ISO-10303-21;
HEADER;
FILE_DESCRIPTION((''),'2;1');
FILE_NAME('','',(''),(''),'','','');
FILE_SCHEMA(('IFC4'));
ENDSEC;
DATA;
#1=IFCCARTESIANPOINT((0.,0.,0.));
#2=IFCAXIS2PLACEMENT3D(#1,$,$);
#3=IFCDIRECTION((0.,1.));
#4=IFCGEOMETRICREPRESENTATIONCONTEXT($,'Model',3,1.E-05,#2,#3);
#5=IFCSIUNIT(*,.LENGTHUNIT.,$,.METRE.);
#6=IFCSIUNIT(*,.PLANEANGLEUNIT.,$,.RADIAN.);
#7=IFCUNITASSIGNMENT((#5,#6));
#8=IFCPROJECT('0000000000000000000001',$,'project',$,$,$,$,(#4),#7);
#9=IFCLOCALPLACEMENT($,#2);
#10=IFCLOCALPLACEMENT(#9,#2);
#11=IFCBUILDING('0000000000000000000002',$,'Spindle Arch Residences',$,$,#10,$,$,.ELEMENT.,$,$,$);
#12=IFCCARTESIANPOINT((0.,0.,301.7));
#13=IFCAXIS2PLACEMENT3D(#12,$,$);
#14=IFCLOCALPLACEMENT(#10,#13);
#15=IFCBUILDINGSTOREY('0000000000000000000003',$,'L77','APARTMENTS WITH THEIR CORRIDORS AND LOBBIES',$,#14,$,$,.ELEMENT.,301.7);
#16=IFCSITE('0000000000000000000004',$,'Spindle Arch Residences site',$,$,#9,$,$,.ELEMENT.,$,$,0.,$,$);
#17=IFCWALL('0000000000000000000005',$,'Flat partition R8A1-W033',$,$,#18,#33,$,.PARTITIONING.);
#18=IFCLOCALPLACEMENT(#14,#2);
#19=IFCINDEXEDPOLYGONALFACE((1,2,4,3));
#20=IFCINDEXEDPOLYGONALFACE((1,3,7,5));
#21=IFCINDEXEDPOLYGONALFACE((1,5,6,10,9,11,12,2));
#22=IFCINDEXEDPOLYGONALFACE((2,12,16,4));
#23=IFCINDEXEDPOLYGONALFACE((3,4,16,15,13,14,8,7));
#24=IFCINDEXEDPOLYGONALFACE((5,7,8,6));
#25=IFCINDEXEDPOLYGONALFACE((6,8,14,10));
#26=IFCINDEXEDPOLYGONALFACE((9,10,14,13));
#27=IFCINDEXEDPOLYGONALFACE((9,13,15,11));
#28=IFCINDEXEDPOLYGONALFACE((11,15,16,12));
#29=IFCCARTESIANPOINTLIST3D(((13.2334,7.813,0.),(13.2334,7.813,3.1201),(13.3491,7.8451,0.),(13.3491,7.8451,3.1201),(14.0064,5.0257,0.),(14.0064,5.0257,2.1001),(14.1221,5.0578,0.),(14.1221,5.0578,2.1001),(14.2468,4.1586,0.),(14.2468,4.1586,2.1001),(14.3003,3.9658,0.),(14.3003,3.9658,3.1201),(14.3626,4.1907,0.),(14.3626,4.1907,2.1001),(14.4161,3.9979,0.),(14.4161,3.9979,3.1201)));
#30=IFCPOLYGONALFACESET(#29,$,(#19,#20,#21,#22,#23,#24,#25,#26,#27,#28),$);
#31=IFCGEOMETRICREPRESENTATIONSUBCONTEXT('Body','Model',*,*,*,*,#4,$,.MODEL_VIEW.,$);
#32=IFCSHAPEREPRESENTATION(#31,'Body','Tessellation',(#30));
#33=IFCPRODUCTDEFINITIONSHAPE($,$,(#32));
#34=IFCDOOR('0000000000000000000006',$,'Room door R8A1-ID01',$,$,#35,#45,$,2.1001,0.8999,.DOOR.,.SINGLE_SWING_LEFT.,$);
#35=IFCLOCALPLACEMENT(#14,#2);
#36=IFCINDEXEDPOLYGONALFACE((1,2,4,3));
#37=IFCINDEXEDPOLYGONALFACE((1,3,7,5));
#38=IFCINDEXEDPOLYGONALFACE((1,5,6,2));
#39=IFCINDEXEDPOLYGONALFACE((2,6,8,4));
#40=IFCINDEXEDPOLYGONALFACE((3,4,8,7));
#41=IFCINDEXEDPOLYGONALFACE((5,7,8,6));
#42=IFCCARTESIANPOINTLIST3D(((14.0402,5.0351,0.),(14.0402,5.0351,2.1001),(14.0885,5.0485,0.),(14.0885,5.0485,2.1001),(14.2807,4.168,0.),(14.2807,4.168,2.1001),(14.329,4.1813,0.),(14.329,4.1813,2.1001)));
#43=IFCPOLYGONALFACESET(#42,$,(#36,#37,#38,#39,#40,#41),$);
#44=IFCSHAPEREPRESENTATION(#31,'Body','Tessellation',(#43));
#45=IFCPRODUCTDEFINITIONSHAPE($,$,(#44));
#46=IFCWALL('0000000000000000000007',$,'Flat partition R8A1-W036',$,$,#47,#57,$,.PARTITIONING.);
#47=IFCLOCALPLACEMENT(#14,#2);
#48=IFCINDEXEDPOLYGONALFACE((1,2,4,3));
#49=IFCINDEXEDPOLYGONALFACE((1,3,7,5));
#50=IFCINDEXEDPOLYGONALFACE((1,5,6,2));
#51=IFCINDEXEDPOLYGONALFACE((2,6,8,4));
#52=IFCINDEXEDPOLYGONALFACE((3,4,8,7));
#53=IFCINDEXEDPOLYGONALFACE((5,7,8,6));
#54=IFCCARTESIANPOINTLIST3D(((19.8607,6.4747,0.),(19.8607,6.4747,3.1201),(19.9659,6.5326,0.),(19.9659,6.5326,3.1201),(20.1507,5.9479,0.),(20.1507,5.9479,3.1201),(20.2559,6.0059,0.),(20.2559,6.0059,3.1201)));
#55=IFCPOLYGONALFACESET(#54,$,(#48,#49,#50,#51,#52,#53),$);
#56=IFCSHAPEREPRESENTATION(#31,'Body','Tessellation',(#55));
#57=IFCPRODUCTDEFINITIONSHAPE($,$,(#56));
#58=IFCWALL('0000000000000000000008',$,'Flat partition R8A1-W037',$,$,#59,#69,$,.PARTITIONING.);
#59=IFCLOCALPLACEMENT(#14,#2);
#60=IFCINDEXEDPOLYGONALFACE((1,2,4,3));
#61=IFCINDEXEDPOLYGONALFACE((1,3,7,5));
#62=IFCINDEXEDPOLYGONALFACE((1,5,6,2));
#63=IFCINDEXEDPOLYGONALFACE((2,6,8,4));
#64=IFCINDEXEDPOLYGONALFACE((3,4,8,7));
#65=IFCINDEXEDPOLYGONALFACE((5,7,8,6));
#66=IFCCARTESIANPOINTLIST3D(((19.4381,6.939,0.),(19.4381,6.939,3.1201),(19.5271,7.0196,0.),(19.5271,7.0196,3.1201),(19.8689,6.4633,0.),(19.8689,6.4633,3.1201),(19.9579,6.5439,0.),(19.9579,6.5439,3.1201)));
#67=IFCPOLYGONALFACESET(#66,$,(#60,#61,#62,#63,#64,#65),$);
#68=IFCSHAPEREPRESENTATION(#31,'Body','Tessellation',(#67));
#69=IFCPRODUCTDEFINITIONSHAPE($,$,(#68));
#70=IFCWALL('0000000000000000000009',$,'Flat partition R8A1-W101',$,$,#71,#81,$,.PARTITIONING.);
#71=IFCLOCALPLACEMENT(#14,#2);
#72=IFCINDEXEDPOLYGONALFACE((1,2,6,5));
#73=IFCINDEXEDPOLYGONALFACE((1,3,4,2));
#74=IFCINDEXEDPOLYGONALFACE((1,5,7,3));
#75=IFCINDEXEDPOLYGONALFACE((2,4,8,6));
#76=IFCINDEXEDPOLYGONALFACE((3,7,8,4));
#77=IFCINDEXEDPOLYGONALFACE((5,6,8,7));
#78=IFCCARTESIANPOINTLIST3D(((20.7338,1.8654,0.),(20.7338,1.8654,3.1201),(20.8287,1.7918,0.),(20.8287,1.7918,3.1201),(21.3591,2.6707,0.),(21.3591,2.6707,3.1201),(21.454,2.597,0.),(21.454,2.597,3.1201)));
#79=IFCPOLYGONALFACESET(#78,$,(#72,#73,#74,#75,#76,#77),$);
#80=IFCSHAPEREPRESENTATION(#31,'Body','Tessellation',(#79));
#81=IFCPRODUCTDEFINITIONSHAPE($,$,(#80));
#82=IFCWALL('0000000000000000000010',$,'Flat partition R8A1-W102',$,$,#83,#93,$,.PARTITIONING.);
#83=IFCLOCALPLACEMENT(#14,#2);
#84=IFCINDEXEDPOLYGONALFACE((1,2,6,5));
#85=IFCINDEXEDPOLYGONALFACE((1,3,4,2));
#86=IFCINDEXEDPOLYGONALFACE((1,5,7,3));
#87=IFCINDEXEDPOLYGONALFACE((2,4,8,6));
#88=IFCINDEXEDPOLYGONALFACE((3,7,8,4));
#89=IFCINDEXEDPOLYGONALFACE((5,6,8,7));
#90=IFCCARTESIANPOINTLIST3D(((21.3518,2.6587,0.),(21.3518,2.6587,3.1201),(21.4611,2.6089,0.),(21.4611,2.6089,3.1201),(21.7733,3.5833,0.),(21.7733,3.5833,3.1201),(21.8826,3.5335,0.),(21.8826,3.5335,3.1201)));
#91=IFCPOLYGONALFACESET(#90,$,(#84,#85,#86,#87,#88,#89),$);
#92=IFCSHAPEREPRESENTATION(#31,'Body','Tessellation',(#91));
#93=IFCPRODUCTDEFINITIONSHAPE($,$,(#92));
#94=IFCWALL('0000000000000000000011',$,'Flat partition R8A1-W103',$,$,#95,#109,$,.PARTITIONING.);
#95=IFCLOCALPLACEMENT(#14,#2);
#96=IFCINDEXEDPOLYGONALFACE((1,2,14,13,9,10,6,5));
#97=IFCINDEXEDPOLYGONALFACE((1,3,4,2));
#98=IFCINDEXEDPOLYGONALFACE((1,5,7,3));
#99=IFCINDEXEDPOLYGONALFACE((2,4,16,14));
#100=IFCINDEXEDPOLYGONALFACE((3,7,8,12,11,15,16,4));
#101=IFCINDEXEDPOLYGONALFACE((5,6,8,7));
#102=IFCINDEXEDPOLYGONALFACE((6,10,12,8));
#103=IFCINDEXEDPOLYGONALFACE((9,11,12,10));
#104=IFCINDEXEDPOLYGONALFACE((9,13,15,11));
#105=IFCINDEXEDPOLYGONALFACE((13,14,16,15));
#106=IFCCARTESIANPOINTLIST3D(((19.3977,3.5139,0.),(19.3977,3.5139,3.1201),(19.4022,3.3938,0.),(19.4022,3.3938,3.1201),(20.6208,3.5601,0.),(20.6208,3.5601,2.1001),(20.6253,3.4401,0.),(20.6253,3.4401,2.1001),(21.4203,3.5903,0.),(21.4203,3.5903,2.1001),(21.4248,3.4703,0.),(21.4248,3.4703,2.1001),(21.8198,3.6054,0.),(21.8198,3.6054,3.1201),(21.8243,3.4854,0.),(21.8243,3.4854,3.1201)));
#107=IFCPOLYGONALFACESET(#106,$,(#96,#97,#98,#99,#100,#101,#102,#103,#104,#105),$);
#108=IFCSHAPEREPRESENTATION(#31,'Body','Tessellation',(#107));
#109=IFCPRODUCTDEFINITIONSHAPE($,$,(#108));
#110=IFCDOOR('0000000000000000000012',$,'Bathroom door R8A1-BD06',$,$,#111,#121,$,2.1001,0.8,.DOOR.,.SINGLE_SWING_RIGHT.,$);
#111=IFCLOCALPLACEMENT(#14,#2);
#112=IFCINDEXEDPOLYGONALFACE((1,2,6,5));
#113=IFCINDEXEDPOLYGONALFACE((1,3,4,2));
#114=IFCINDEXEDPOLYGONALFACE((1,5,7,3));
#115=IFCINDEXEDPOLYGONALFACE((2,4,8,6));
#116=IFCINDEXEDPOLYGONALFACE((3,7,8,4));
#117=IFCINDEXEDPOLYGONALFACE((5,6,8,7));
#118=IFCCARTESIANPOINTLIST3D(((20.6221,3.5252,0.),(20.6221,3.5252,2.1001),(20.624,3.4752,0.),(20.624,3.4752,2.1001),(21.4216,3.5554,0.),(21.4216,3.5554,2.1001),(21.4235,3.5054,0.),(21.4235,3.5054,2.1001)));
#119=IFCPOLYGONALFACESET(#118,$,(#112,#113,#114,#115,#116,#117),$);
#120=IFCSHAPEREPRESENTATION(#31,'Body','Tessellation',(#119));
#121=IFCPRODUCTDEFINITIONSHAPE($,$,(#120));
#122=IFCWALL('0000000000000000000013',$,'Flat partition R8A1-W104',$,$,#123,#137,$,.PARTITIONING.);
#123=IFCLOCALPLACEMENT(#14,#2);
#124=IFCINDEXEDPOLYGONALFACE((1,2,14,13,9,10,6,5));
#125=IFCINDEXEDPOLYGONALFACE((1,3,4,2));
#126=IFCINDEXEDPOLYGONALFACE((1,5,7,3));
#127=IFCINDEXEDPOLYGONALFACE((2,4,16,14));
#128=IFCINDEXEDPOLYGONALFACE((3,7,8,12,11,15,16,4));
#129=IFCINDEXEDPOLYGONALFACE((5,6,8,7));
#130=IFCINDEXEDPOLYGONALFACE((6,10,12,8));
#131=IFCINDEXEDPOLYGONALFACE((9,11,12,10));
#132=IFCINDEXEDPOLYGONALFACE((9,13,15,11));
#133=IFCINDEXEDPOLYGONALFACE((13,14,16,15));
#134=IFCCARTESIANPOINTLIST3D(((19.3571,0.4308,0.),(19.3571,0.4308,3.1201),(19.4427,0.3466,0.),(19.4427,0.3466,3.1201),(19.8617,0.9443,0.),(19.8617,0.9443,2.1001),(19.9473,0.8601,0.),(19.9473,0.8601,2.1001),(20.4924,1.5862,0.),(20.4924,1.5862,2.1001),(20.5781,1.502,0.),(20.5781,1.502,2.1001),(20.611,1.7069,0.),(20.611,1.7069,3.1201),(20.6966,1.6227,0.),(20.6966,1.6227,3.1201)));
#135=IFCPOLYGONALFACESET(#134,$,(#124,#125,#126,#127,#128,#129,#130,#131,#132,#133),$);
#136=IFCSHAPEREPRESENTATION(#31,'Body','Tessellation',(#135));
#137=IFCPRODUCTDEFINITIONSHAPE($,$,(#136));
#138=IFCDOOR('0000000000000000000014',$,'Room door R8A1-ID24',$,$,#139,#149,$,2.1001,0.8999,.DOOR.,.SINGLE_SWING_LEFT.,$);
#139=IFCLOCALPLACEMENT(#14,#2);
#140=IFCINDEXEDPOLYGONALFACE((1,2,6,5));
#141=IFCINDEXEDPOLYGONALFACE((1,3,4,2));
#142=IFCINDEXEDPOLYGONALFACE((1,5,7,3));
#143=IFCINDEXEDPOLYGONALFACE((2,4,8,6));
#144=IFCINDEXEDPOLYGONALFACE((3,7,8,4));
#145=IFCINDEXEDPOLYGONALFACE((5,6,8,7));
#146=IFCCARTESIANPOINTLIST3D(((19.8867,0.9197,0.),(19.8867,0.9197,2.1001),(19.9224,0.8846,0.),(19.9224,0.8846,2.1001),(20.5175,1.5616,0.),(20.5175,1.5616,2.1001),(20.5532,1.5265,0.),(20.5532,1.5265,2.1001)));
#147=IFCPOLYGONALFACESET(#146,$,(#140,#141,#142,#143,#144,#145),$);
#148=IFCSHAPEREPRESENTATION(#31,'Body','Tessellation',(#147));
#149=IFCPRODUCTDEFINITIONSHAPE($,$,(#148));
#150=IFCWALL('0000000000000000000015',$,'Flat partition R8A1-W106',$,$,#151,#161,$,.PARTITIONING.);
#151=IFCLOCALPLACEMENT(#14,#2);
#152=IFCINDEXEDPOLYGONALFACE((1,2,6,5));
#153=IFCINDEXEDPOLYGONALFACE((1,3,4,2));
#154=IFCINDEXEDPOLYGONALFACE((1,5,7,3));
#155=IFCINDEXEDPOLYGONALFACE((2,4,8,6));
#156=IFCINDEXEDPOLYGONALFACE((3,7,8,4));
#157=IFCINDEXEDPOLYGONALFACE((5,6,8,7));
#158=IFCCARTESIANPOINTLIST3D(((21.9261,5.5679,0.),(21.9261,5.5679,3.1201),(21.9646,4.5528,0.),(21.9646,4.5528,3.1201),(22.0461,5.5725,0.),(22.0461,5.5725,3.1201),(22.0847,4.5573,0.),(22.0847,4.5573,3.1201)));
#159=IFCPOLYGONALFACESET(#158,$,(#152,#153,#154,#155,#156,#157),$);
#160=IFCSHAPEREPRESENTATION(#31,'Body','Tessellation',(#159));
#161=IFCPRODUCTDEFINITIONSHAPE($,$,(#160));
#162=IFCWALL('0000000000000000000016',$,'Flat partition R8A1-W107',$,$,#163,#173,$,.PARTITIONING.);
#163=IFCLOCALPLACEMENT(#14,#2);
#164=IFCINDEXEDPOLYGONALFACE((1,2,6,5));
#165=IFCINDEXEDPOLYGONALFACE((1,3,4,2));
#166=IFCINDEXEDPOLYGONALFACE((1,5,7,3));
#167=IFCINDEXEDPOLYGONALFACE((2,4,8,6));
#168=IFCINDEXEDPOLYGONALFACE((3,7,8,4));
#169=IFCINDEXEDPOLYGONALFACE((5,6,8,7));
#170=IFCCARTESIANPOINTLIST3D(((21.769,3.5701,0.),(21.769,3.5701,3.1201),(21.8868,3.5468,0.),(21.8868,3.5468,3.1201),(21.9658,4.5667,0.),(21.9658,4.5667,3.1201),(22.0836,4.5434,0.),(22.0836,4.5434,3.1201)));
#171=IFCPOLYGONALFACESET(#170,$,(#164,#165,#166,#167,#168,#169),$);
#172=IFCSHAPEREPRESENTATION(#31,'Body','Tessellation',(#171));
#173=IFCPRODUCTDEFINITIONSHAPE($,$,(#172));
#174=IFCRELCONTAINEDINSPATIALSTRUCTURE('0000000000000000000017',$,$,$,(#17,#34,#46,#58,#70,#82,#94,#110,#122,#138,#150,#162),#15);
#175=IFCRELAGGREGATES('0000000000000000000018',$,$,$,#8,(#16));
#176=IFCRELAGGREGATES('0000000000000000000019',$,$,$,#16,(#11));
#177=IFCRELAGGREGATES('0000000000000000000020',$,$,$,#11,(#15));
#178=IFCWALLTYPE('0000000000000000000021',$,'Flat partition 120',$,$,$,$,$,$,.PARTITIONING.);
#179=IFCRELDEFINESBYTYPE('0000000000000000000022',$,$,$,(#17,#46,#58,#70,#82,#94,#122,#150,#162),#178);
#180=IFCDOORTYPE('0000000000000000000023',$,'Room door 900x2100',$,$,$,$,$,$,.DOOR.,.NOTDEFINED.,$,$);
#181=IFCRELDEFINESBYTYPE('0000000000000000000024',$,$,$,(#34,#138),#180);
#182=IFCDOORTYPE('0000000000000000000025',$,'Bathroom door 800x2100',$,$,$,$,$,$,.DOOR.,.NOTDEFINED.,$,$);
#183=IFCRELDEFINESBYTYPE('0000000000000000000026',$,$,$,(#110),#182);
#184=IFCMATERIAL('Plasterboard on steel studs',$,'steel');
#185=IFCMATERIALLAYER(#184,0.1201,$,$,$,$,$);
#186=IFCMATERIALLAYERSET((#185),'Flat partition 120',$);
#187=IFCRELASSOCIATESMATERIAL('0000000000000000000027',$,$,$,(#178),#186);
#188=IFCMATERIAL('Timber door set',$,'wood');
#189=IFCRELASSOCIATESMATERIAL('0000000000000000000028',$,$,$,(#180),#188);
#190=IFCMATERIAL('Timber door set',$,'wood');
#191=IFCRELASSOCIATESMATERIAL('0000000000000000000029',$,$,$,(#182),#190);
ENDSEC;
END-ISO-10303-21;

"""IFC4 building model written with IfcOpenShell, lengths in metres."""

from ifc_helpers import new_model, si_unit, direction, frame, frame_2d, origin, place, context, subcontext, project, spatial, rectangle, extrude, material, layer, layer_set, type_object, element, fill, save


model = new_model("IFC4")

# Units and contexts
model_context = context("Model", 3, precision=1e-05, world=origin(), true_north=direction((0.0, 1.0)))
body_context = subcontext(model_context, "Body", "Model", "MODEL_VIEW")
ifc_project = project(units=[si_unit("LENGTHUNIT", "METRE"), si_unit("PLANEANGLEUNIT", "RADIAN")], contexts=[model_context])

# Site, building, storey
site_placement = place(None, origin())
site = spatial("IfcSite", under=ifc_project, at=site_placement, Name="Spindle Arch Residences site", CompositionType="ELEMENT", RefElevation=0.0)
building_placement = place(site_placement, origin())
building = spatial("IfcBuilding", under=site, at=building_placement, Name="Spindle Arch Residences", CompositionType="ELEMENT")
storey_placement = place(building_placement, frame((0.0, 0.0, 301.7)))
storey = spatial("IfcBuildingStorey", under=building, at=storey_placement, Name="L77", Description="APARTMENTS WITH THEIR CORRIDORS AND LOBBIES", CompositionType="ELEMENT", Elevation=301.7)

# Wall, opening, door
ifc_material_1 = material(Name="Plasterboard on steel studs", Category="steel")
ifc_layer_1 = layer(ifc_material_1, 0.1201)
ifc_layer_set_1 = layer_set([ifc_layer_1], Name="Flat partition 120")
wall_type_1 = type_object("IfcWallType", Name="Flat partition 120", PredefinedType="PARTITIONING", material=ifc_layer_set_1)
wall_1_placement = place(storey_placement, frame((14.3582, 3.9819, 0.0), z_axis=(0.0, 0.0, 1.0), x_axis=(-0.267234, 0.963632, 0.0)))
wall_1 = element("IfcWall", 1, at=wall_1_placement, inside=storey, type_object=wall_type_1, Name="Flat partition R8A1-W033", PredefinedType="PARTITIONING", context=body_context, shape_type="SweptSolid", body=[
    extrude(rectangle(XDim=3.9924, YDim=0.1201, at=frame_2d((1.9961, 0.0))), origin(), (0.0, 0.0, 1.0), 3.1201),
])
opening_1_placement = place(wall_1_placement, frame((0.2, 0.0, 0.0)))
opening_1 = element("IfcOpeningElement", 2, at=opening_1_placement, cuts=wall_1, PredefinedType="OPENING", context=body_context, shape_type="SweptSolid", body=[
    extrude(rectangle(XDim=0.8999, YDim=2.1001, at=frame_2d((0.45, 1.05))), frame((0.0, 0.0701, 0.0), z_axis=(0.0, -1.0, 0.0), x_axis=(1.0, 0.0, 0.0)), (0.0, 0.0, 1.0), 0.1401),
])
ifc_material_2 = material(Name="Timber door set", Category="wood")
door_type_1 = type_object("IfcDoorType", Name="Room door 900x2100", OperationType="NOTDEFINED", PredefinedType="DOOR", material=ifc_material_2)
door_1_placement = place(opening_1_placement, origin())
door_1 = element("IfcDoor", 3, at=door_1_placement, inside=storey, type_object=door_type_1, Name="Room door R8A1-ID01", OperationType="SINGLE_SWING_LEFT", OverallHeight=2.1001, OverallWidth=0.8999, PredefinedType="DOOR", context=body_context, shape_type="SweptSolid", body=[
    extrude(rectangle(XDim=0.8999, YDim=2.1001, at=frame_2d((0.45, 1.05))), frame((0.0, 0.0249, 0.0), z_axis=(0.0, -1.0, 0.0), x_axis=(1.0, 0.0, 0.0)), (0.0, 0.0, 1.0), 0.05),
])
fill(opening_1, door_1)

# Walls
wall_2_placement = place(storey_placement, frame((20.2034, 5.9768, 0.0), z_axis=(0.0, 0.0, 1.0), x_axis=(-0.482262, 0.876027, 0.0)))
element("IfcWall", 4, at=wall_2_placement, inside=storey, type_object=wall_type_1, Name="Flat partition R8A1-W036", PredefinedType="PARTITIONING", context=body_context, shape_type="SweptSolid", body=[
    extrude(rectangle(XDim=0.6013, YDim=0.1201, at=frame_2d((0.3008, 0.0))), origin(), (0.0, 0.0, 1.0), 3.1201),
])
wall_3_placement = place(storey_placement, frame((19.9133, 6.5037, 0.0), z_axis=(0.0, 0.0, 1.0), x_axis=(-0.671252, 0.741229, 0.0)))
element("IfcWall", 5, at=wall_3_placement, inside=storey, type_object=wall_type_1, Name="Flat partition R8A1-W037", PredefinedType="PARTITIONING", context=body_context, shape_type="SweptSolid", body=[
    extrude(rectangle(XDim=0.6418, YDim=0.1201, at=frame_2d((0.3208, 0.0))), origin(), (0.0, 0.0, 1.0), 3.1201),
])
wall_4_placement = place(storey_placement, frame((20.7812, 1.8286, 0.0), z_axis=(0.0, 0.0, 1.0), x_axis=(0.613327, 0.789829, 0.0)))
element("IfcWall", 6, at=wall_4_placement, inside=storey, type_object=wall_type_1, Name="Flat partition R8A1-W101", PredefinedType="PARTITIONING", context=body_context, shape_type="SweptSolid", body=[
    extrude(rectangle(XDim=1.0195, YDim=0.1201, at=frame_2d((0.5098, 0.0))), origin(), (0.0, 0.0, 1.0), 3.1201),
])
wall_5_placement = place(storey_placement, frame((21.4065, 2.6338, 0.0), z_axis=(0.0, 0.0, 1.0), x_axis=(0.414726, 0.909946, 0.0)))
element("IfcWall", 7, at=wall_5_placement, inside=storey, type_object=wall_type_1, Name="Flat partition R8A1-W102", PredefinedType="PARTITIONING", context=body_context, shape_type="SweptSolid", body=[
    extrude(rectangle(XDim=1.0161, YDim=0.1201, at=frame_2d((0.5081, 0.0))), origin(), (0.0, 0.0, 1.0), 3.1201),
])

# Walls, openings, doors
wall_6_placement = place(storey_placement, frame((21.822, 3.5454, 0.0), z_axis=(0.0, 0.0, 1.0), x_axis=(-0.999286, -0.037772, 0.0)))
wall_6 = element("IfcWall", 8, at=wall_6_placement, inside=storey, type_object=wall_type_1, Name="Flat partition R8A1-W103", PredefinedType="PARTITIONING", context=body_context, shape_type="SweptSolid", body=[
    extrude(rectangle(XDim=2.4238, YDim=0.1201, at=frame_2d((1.2119, 0.0))), origin(), (0.0, 0.0, 1.0), 3.1201),
])
opening_2_placement = place(wall_6_placement, frame((0.3999, 0.0, 0.0)))
opening_2 = element("IfcOpeningElement", 9, at=opening_2_placement, cuts=wall_6, PredefinedType="OPENING", context=body_context, shape_type="SweptSolid", body=[
    extrude(rectangle(XDim=0.8, YDim=2.1001, at=frame_2d((0.3999, 1.05))), frame((0.0, 0.0701, 0.0), z_axis=(0.0, -1.0, 0.0), x_axis=(1.0, 0.0, 0.0)), (0.0, 0.0, 1.0), 0.1401),
])
ifc_material_3 = material(Name="Timber door set", Category="wood")
door_type_2 = type_object("IfcDoorType", Name="Bathroom door 800x2100", OperationType="NOTDEFINED", PredefinedType="DOOR", material=ifc_material_3)
door_2_placement = place(opening_2_placement, origin())
door_2 = element("IfcDoor", 10, at=door_2_placement, inside=storey, type_object=door_type_2, Name="Bathroom door R8A1-BD06", OperationType="SINGLE_SWING_RIGHT", OverallHeight=2.1001, OverallWidth=0.8, PredefinedType="DOOR", context=body_context, shape_type="SweptSolid", body=[
    extrude(rectangle(XDim=0.8, YDim=2.1001, at=frame_2d((0.3999, 1.05))), frame((0.0, 0.0249, 0.0), z_axis=(0.0, -1.0, 0.0), x_axis=(1.0, 0.0, 0.0)), (0.0, 0.0, 1.0), 0.05),
])
fill(opening_2, door_2)
wall_7_placement = place(storey_placement, frame((19.3999, 0.3887, 0.0), z_axis=(0.0, 0.0, 1.0), x_axis=(0.70087, 0.713289, 0.0)))
wall_7 = element("IfcWall", 11, at=wall_7_placement, inside=storey, type_object=wall_type_1, Name="Flat partition R8A1-W104", PredefinedType="PARTITIONING", context=body_context, shape_type="SweptSolid", body=[
    extrude(rectangle(XDim=1.7891, YDim=0.1201, at=frame_2d((0.8945, 0.0))), origin(), (0.0, 0.0, 1.0), 3.1201),
])
opening_3_placement = place(wall_7_placement, frame((0.72, 0.0, 0.0)))
opening_3 = element("IfcOpeningElement", 12, at=opening_3_placement, cuts=wall_7, PredefinedType="OPENING", context=body_context, shape_type="SweptSolid", body=[
    extrude(rectangle(XDim=0.8999, YDim=2.1001, at=frame_2d((0.45, 1.05))), frame((0.0, 0.0701, 0.0), z_axis=(0.0, -1.0, 0.0), x_axis=(1.0, 0.0, 0.0)), (0.0, 0.0, 1.0), 0.1401),
])
door_3_placement = place(opening_3_placement, origin())
door_3 = element("IfcDoor", 13, at=door_3_placement, inside=storey, type_object=door_type_1, Name="Room door R8A1-ID24", OperationType="SINGLE_SWING_LEFT", OverallHeight=2.1001, OverallWidth=0.8999, PredefinedType="DOOR", context=body_context, shape_type="SweptSolid", body=[
    extrude(rectangle(XDim=0.8999, YDim=2.1001, at=frame_2d((0.45, 1.05))), frame((0.0, 0.0249, 0.0), z_axis=(0.0, -1.0, 0.0), x_axis=(1.0, 0.0, 0.0)), (0.0, 0.0, 1.0), 0.05),
])
fill(opening_3, door_3)

# Walls
for number, where, z_axis, x_axis, name in (
    (14, (21.9861, 5.5701, 0.0), (0.0, 0.0, 1.0), (0.037972, -0.999279, 0.0), "Flat partition R8A1-W106"),
    (15, (22.0247, 4.5549, 0.0), (0.0, 0.0, 1.0), (-0.193712, -0.981058, 0.0), "Flat partition R8A1-W107"),
):
    element("IfcWall", number, at=place(storey_placement, frame(where, z_axis=z_axis, x_axis=x_axis)), inside=storey, type_object=wall_type_1, Name=name, PredefinedType="PARTITIONING", context=body_context, shape_type="SweptSolid", body=[
        extrude(rectangle(XDim=1.0159, YDim=0.1201, at=frame_2d((0.5078, 0.0))), origin(), (0.0, 0.0, 1.0), 3.1201),
    ])

save(model, "model.ifc")
